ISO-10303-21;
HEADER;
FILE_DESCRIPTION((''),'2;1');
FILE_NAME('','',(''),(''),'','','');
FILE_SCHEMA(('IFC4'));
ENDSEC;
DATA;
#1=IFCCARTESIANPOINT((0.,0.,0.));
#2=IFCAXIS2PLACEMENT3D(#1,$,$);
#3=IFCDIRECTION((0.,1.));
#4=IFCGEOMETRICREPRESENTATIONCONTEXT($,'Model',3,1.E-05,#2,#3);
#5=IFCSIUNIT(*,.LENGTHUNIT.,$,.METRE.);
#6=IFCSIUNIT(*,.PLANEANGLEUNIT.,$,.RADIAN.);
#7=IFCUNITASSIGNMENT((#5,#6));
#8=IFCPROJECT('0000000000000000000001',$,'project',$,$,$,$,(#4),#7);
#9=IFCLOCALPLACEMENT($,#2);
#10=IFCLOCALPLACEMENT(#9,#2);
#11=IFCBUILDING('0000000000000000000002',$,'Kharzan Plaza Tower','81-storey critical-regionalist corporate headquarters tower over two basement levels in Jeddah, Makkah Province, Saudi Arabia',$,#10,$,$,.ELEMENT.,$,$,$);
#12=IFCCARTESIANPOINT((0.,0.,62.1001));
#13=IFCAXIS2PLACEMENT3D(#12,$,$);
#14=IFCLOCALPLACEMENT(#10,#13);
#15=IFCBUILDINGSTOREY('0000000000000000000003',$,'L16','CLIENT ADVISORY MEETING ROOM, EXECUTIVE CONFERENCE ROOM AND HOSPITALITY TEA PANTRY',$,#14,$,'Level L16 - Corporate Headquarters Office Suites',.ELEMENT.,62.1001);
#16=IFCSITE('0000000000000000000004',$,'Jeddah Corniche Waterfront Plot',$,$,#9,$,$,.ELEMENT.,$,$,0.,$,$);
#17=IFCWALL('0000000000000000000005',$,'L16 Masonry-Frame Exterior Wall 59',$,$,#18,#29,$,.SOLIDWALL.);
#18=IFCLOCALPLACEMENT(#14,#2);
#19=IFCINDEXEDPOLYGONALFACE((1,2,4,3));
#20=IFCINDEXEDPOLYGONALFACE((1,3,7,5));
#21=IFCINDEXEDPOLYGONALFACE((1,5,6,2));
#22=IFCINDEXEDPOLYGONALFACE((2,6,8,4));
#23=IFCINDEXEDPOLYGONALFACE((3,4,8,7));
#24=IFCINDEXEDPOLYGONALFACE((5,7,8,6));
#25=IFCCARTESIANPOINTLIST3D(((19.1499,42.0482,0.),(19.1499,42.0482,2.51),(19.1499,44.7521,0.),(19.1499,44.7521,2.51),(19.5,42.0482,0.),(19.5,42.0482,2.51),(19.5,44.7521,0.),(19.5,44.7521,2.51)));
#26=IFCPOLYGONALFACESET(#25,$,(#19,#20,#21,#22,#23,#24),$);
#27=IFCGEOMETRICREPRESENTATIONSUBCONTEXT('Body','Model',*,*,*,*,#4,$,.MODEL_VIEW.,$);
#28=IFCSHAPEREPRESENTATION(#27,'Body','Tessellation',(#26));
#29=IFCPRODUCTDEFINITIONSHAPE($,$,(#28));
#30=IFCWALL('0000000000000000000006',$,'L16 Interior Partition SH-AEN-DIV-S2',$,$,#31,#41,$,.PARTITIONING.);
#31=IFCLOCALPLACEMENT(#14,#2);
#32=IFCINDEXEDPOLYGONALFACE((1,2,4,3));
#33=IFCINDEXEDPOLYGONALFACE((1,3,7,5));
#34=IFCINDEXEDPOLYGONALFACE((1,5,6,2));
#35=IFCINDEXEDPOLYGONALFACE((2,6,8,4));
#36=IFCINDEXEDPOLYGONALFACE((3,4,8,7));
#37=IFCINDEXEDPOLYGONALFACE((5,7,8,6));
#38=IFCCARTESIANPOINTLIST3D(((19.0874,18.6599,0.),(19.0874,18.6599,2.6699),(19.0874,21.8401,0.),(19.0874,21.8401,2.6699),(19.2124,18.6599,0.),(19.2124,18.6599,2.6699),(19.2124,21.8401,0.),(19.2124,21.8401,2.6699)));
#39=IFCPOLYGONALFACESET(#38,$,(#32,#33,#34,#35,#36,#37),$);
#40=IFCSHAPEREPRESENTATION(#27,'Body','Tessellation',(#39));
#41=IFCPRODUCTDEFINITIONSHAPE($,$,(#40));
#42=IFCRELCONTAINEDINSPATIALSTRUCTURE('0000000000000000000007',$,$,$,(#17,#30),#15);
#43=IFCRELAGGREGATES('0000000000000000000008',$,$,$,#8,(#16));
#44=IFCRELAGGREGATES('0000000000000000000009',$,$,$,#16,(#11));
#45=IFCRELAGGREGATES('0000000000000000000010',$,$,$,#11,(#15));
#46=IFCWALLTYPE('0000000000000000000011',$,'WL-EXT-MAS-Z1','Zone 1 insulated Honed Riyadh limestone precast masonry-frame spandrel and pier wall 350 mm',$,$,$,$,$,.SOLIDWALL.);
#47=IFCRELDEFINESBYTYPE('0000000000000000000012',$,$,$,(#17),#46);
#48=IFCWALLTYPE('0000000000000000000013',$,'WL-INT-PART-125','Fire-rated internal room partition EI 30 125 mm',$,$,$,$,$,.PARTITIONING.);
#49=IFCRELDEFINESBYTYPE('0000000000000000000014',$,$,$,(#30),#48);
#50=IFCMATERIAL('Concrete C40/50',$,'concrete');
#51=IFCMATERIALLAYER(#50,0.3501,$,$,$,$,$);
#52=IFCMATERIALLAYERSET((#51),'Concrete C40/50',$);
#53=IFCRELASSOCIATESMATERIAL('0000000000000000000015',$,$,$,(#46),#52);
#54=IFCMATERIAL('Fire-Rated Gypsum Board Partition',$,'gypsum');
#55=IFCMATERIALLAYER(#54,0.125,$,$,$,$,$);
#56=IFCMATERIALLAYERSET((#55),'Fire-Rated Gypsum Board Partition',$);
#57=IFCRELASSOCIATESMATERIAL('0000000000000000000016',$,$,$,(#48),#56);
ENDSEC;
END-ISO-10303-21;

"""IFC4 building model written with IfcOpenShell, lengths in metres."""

from ifc_helpers import new_model, si_unit, direction, frame, frame_2d, origin, place, context, subcontext, project, spatial, rectangle, extrude, source, transform, mapped, material, layer, layer_set, type_object, element, save


model = new_model("IFC4")

# Units and contexts
model_context = context("Model", 3, precision=1e-05, world=origin(), true_north=direction((0.0, 1.0)))
body_context = subcontext(model_context, "Body", "Model", "MODEL_VIEW")
ifc_project = project(units=[si_unit("LENGTHUNIT", "METRE"), si_unit("PLANEANGLEUNIT", "RADIAN")], contexts=[model_context])

# Site, building, storey
site_placement = place(None, origin())
site = spatial("IfcSite", under=ifc_project, at=site_placement, Name="Jeddah Corniche Waterfront Plot", CompositionType="ELEMENT", RefElevation=0.0)
building_placement = place(site_placement, origin())
building = spatial("IfcBuilding", under=site, at=building_placement, Name="Kharzan Plaza Tower", Description="81-storey critical-regionalist corporate headquarters tower over two basement levels in Jeddah, Makkah Province, Saudi Arabia", CompositionType="ELEMENT")
storey_placement = place(building_placement, frame((0.0, 0.0, 62.1001)))
storey = spatial("IfcBuildingStorey", under=building, at=storey_placement, Name="L16", Description="CLIENT ADVISORY MEETING ROOM, EXECUTIVE CONFERENCE ROOM AND HOSPITALITY TEA PANTRY", LongName="Level L16 - Corporate Headquarters Office Suites", CompositionType="ELEMENT", Elevation=62.1001)

# Shared definitions
ifc_material_1 = material(Name="Concrete C40/50", Category="concrete")
ifc_layer_1 = layer(ifc_material_1, 0.3501)
ifc_layer_set_1 = layer_set([ifc_layer_1], Name="Concrete C40/50")
wall_type_1 = type_object("IfcWallType", Name="WL-EXT-MAS-Z1", Description="Zone 1 insulated Honed Riyadh limestone precast masonry-frame spandrel and pier wall 350 mm", PredefinedType="SOLIDWALL", material=ifc_layer_set_1)

# Walls
shared_shape_1 = source(origin(), body_context, "Body", "SweptSolid", [
    extrude(rectangle(XDim=2.7039, YDim=0.3501, at=frame_2d((1.3521, 0.0))), origin(), (0.0, 0.0, 1.0), 2.51),
])
wall_1_placement = place(storey_placement, frame((19.325, 42.0481, 0.0), z_axis=(0.0, 0.0, 1.0), x_axis=(0.0, 1.0, 0.0)))
element("IfcWall", 1, at=wall_1_placement, inside=storey, type_object=wall_type_1, Name="L16 Masonry-Frame Exterior Wall 59", PredefinedType="SOLIDWALL", context=body_context, shape_type="MappedRepresentation", body=[
    mapped(shared_shape_1, transform((0.0, 0.0, 0.0), x_axis=(1.0, 0.0, 0.0), y_axis=(0.0, 1.0, 0.0), z_axis=(0.0, 0.0, 1.0))),
])
ifc_material_2 = material(Name="Fire-Rated Gypsum Board Partition", Category="gypsum")
ifc_layer_2 = layer(ifc_material_2, 0.125)
ifc_layer_set_2 = layer_set([ifc_layer_2], Name="Fire-Rated Gypsum Board Partition")
wall_type_2 = type_object("IfcWallType", Name="WL-INT-PART-125", Description="Fire-rated internal room partition EI 30 125 mm", PredefinedType="PARTITIONING", material=ifc_layer_set_2)
shared_shape_2 = source(origin(), body_context, "Body", "SweptSolid", [
    extrude(rectangle(XDim=3.1802, YDim=0.125, at=frame_2d((1.5901, 0.0))), origin(), (0.0, 0.0, 1.0), 2.6699),
])
wall_2_placement = place(storey_placement, frame((19.1499, 18.6599, 0.0), z_axis=(0.0, 0.0, 1.0), x_axis=(0.0, 1.0, 0.0)))
element("IfcWall", 2, at=wall_2_placement, inside=storey, type_object=wall_type_2, Name="L16 Interior Partition SH-AEN-DIV-S2", PredefinedType="PARTITIONING", context=body_context, shape_type="MappedRepresentation", body=[
    mapped(shared_shape_2, transform((0.0, 0.0, 0.0), x_axis=(1.0, 0.0, 0.0), y_axis=(0.0, 1.0, 0.0), z_axis=(0.0, 0.0, 1.0))),
])

save(model, "model.ifc")
